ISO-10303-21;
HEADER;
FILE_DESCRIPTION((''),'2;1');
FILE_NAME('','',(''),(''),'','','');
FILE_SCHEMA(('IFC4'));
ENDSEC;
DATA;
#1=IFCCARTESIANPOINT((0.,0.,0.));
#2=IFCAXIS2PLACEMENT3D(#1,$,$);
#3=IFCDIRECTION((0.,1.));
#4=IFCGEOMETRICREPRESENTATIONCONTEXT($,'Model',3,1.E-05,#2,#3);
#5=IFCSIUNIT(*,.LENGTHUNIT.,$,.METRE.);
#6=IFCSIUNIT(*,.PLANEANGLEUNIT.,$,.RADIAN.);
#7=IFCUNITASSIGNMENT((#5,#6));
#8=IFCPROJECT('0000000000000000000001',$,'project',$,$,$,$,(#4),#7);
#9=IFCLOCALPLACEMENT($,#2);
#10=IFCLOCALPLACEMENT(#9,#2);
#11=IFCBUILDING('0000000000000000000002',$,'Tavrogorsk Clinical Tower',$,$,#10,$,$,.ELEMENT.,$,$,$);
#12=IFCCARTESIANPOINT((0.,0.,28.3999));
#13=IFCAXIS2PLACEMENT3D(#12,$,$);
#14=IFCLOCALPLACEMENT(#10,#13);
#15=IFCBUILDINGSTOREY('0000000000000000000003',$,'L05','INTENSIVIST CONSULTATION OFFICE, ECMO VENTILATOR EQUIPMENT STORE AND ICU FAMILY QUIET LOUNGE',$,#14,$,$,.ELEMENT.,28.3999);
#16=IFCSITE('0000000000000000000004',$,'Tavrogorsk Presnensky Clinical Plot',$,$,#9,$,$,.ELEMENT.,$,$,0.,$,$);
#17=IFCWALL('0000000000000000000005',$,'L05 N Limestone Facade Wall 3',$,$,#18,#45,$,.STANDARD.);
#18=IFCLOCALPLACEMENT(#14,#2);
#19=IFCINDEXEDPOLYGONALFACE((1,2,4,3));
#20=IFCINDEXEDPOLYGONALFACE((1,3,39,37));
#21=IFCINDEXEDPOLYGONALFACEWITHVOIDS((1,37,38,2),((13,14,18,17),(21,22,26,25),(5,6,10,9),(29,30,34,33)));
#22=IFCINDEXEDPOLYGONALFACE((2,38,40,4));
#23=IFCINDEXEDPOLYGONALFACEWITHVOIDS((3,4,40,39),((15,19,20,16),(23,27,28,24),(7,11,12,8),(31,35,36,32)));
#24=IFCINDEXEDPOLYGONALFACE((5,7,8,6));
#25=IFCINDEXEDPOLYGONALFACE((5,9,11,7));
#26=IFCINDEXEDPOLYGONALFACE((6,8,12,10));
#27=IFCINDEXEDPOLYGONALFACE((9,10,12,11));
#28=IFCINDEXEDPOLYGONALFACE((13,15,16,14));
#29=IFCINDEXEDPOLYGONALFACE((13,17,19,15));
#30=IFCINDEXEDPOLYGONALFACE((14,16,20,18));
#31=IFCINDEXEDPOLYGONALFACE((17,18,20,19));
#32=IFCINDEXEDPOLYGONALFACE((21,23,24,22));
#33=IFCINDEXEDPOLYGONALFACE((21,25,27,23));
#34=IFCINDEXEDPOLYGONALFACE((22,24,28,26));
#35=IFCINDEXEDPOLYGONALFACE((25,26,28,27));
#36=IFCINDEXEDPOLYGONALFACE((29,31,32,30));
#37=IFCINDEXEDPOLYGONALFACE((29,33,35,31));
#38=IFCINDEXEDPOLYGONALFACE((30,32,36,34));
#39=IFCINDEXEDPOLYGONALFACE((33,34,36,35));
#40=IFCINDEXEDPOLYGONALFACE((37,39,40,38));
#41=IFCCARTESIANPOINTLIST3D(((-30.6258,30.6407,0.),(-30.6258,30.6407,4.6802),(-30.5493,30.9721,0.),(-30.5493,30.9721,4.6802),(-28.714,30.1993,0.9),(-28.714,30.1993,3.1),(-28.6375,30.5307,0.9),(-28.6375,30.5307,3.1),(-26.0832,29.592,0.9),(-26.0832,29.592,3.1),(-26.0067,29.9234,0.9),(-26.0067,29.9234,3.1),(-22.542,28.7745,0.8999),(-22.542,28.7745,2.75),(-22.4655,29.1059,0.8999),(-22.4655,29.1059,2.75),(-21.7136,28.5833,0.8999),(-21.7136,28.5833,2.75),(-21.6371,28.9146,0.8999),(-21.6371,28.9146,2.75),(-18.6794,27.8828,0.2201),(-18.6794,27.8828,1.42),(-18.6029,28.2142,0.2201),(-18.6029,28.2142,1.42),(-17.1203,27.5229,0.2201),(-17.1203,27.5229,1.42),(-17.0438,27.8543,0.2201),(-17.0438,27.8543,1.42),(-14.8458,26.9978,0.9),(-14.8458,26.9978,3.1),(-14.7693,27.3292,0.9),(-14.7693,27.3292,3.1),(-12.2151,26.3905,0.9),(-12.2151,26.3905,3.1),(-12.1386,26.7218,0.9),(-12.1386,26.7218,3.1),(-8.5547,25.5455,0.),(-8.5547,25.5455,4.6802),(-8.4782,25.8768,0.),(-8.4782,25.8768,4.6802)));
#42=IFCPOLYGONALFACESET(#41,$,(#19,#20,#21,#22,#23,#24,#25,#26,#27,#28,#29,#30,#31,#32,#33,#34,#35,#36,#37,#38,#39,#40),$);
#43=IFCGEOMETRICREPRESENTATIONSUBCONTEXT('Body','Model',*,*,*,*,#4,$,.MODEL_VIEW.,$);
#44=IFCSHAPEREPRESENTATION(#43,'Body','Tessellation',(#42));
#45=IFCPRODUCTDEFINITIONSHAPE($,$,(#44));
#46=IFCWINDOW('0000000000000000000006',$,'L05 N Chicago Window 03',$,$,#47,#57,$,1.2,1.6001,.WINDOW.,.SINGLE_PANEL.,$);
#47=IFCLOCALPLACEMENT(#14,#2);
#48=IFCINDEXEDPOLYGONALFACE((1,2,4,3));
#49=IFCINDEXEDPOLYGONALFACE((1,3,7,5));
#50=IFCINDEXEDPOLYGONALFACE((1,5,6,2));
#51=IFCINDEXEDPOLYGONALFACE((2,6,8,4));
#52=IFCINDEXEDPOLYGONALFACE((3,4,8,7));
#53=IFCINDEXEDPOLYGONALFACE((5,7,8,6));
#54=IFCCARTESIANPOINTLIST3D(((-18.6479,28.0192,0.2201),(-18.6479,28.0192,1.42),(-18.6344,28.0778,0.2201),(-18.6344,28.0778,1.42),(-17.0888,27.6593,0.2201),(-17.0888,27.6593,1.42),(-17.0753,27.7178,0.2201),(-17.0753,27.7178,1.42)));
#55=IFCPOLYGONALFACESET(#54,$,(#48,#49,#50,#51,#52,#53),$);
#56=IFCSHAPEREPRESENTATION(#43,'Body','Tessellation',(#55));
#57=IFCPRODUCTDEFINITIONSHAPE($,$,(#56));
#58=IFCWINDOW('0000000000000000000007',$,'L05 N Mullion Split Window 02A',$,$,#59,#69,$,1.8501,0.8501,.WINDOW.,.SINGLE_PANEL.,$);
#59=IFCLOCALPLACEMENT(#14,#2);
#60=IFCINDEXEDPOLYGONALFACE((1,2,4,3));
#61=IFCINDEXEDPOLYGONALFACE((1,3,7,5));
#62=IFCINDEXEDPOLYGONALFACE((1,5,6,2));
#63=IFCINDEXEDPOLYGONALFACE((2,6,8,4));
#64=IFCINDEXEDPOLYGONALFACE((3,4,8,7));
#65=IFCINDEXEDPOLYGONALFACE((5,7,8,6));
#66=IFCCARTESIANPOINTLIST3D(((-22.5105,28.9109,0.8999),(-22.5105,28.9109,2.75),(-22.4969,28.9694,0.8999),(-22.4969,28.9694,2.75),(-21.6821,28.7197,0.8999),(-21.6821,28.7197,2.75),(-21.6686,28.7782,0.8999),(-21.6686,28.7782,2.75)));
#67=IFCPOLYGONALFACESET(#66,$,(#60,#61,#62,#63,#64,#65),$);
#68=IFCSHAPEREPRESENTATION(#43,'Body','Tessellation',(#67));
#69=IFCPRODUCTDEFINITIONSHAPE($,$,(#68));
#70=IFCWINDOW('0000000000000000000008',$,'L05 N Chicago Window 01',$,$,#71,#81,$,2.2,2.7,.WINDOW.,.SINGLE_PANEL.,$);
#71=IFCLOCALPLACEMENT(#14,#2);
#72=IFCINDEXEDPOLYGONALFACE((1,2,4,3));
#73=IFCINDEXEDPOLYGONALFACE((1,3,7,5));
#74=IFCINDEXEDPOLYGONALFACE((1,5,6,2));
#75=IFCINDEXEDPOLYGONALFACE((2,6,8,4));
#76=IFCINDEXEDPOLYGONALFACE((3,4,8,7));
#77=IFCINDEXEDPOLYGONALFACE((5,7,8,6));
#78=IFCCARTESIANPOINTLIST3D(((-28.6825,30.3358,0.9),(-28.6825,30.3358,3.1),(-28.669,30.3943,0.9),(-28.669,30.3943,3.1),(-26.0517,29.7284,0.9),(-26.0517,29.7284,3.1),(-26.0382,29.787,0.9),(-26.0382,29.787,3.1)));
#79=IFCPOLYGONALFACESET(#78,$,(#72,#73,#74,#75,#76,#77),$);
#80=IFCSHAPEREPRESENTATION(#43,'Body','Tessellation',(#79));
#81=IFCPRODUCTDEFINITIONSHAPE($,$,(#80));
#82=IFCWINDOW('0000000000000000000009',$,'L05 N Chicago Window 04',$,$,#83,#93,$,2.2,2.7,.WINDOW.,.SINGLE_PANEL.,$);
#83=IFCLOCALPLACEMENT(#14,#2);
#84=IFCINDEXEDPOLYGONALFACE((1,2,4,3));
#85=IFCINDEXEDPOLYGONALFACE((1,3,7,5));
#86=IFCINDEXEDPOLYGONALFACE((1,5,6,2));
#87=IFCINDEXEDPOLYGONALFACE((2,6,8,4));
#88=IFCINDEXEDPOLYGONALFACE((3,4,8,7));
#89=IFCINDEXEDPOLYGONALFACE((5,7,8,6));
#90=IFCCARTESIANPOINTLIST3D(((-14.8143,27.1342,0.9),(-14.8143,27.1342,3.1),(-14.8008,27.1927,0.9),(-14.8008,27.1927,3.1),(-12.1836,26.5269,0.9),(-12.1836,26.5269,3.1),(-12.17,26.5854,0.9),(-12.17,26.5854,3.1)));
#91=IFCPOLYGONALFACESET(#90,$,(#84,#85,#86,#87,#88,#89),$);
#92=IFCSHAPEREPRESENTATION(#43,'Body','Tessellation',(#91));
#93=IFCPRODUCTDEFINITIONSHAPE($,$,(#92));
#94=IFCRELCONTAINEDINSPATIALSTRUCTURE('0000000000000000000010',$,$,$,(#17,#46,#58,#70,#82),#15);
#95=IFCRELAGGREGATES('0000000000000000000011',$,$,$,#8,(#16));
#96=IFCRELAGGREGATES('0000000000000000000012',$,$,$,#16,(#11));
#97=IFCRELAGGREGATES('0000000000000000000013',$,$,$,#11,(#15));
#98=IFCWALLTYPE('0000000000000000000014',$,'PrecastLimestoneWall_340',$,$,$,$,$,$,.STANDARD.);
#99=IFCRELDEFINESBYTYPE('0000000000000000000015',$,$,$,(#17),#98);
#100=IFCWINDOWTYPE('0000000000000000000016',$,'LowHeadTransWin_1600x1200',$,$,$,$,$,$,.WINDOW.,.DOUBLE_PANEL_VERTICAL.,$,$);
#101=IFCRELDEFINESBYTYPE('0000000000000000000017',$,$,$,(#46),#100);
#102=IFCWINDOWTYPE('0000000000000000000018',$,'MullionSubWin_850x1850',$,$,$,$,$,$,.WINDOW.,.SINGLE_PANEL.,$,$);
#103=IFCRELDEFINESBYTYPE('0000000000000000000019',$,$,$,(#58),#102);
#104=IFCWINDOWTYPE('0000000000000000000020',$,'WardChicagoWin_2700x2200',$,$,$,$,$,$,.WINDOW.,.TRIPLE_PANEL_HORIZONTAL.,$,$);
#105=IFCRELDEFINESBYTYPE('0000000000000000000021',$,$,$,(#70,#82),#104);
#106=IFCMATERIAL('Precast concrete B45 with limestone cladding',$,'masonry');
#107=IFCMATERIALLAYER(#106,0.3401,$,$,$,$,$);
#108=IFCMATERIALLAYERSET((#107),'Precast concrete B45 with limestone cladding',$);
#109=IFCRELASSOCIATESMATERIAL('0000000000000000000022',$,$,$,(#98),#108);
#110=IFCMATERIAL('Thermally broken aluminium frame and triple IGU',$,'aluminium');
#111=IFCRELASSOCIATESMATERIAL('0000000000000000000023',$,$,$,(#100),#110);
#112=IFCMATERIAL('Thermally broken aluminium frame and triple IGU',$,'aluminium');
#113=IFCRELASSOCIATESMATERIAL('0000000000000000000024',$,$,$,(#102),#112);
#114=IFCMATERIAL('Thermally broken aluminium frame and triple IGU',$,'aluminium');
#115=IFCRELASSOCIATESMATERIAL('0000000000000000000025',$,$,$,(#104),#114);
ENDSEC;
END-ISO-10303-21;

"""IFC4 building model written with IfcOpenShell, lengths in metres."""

from ifc_helpers import new_model, si_unit, direction, frame, frame_2d, origin, place, context, subcontext, project, spatial, rectangle, extrude, material, layer, layer_set, type_object, element, fill, save


model = new_model("IFC4")

# Units and contexts
model_context = context("Model", 3, precision=1e-05, world=origin(), true_north=direction((0.0, 1.0)))
body_context = subcontext(model_context, "Body", "Model", "MODEL_VIEW")
ifc_project = project(units=[si_unit("LENGTHUNIT", "METRE"), si_unit("PLANEANGLEUNIT", "RADIAN")], contexts=[model_context])

# Site, building, storey
site_placement = place(None, origin())
site = spatial("IfcSite", under=ifc_project, at=site_placement, Name="Tavrogorsk Presnensky Clinical Plot", CompositionType="ELEMENT", RefElevation=0.0)
building_placement = place(site_placement, origin())
building = spatial("IfcBuilding", under=site, at=building_placement, Name="Tavrogorsk Clinical Tower", CompositionType="ELEMENT")
storey_placement = place(building_placement, frame((0.0, 0.0, 28.3999)))
storey = spatial("IfcBuildingStorey", under=building, at=storey_placement, Name="L05", Description="INTENSIVIST CONSULTATION OFFICE, ECMO VENTILATOR EQUIPMENT STORE AND ICU FAMILY QUIET LOUNGE", CompositionType="ELEMENT", Elevation=28.3999)

# Wall, openings, windows
ifc_material_1 = material(Name="Precast concrete B45 with limestone cladding", Category="masonry")
ifc_layer_1 = layer(ifc_material_1, 0.3401)
ifc_layer_set_1 = layer_set([ifc_layer_1], Name="Precast concrete B45 with limestone cladding")
wall_type_1 = type_object("IfcWallType", Name="PrecastLimestoneWall_340", PredefinedType="STANDARD", material=ifc_layer_set_1)
wall_1_placement = place(storey_placement, frame((-8.5166, 25.7112, 0.0), z_axis=(0.0, 0.0, 1.0), x_axis=(-0.974373, 0.224939, 0.0)))
wall_1 = element("IfcWall", 1, at=wall_1_placement, inside=storey, type_object=wall_type_1, Name="L05 N Limestone Facade Wall 3", PredefinedType="STANDARD", context=body_context, shape_type="SweptSolid", body=[
    extrude(rectangle(XDim=22.6516, YDim=0.3401, at=frame_2d((11.3257, 0.0))), origin(), (0.0, 0.0, 1.0), 4.6802),
])
opening_1_placement = place(wall_1_placement, frame((17.9893, 0.0, 0.8999)))
opening_1 = element("IfcOpeningElement", 2, at=opening_1_placement, cuts=wall_1, PredefinedType="OPENING", context=body_context, shape_type="SweptSolid", body=[
    extrude(rectangle(XDim=2.7, YDim=2.2, at=frame_2d((1.3501, 1.1001))), frame((0.0, 0.1799, 0.0), z_axis=(0.0, -1.0, 0.0), x_axis=(1.0, 0.0, 0.0)), (0.0, 0.0, 1.0), 0.3601),
])
opening_2_placement = place(wall_1_placement, frame((13.5049, 0.0, 0.8999)))
opening_2 = element("IfcOpeningElement", 3, at=opening_2_placement, cuts=wall_1, PredefinedType="OPENING", context=body_context, shape_type="SweptSolid", body=[
    extrude(rectangle(XDim=0.8501, YDim=1.8501, at=frame_2d((0.425, 0.925))), frame((0.0, 0.1799, 0.0), z_axis=(0.0, -1.0, 0.0), x_axis=(1.0, 0.0, 0.0)), (0.0, 0.0, 1.0), 0.3601),
])
opening_3_placement = place(wall_1_placement, frame((8.7908, 0.0, 0.22)))
opening_3 = element("IfcOpeningElement", 4, at=opening_3_placement, cuts=wall_1, PredefinedType="OPENING", context=body_context, shape_type="SweptSolid", body=[
    extrude(rectangle(XDim=1.6001, YDim=1.2, at=frame_2d((0.8, 0.6001))), frame((0.0, 0.1799, 0.0), z_axis=(0.0, -1.0, 0.0), x_axis=(1.0, 0.0, 0.0)), (0.0, 0.0, 1.0), 0.3601),
])
opening_4_placement = place(wall_1_placement, frame((3.7563, 0.0, 0.8999)))
opening_4 = element("IfcOpeningElement", 5, at=opening_4_placement, cuts=wall_1, PredefinedType="OPENING", context=body_context, shape_type="SweptSolid", body=[
    extrude(rectangle(XDim=2.7, YDim=2.2, at=frame_2d((1.3501, 1.1001))), frame((0.0, 0.1799, 0.0), z_axis=(0.0, -1.0, 0.0), x_axis=(1.0, 0.0, 0.0)), (0.0, 0.0, 1.0), 0.3601),
])
ifc_material_2 = material(Name="Thermally broken aluminium frame and triple IGU", Category="aluminium")
window_type_1 = type_object("IfcWindowType", Name="LowHeadTransWin_1600x1200", PartitioningType="DOUBLE_PANEL_VERTICAL", PredefinedType="WINDOW", material=ifc_material_2)
window_1_placement = place(opening_3_placement, origin())
window_1 = element("IfcWindow", 6, at=window_1_placement, inside=storey, type_object=window_type_1, Name="L05 N Chicago Window 03", OverallHeight=1.2, OverallWidth=1.6001, PartitioningType="SINGLE_PANEL", PredefinedType="WINDOW", context=body_context, shape_type="SweptSolid", body=[
    extrude(rectangle(XDim=1.6001, YDim=1.2, at=frame_2d((0.8, 0.6001))), frame((0.0, 0.03, 0.0), z_axis=(0.0, -1.0, 0.0), x_axis=(1.0, 0.0, 0.0)), (0.0, 0.0, 1.0), 0.0601),
])
fill(opening_3, window_1)
ifc_material_3 = material(Name="Thermally broken aluminium frame and triple IGU", Category="aluminium")
window_type_2 = type_object("IfcWindowType", Name="MullionSubWin_850x1850", PartitioningType="SINGLE_PANEL", PredefinedType="WINDOW", material=ifc_material_3)
window_2_placement = place(opening_2_placement, origin())
window_2 = element("IfcWindow", 7, at=window_2_placement, inside=storey, type_object=window_type_2, Name="L05 N Mullion Split Window 02A", OverallHeight=1.8501, OverallWidth=0.8501, PartitioningType="SINGLE_PANEL", PredefinedType="WINDOW", context=body_context, shape_type="SweptSolid", body=[
    extrude(rectangle(XDim=0.8501, YDim=1.8501, at=frame_2d((0.425, 0.925))), frame((0.0, 0.03, 0.0), z_axis=(0.0, -1.0, 0.0), x_axis=(1.0, 0.0, 0.0)), (0.0, 0.0, 1.0), 0.0601),
])
fill(opening_2, window_2)
ifc_material_4 = material(Name="Thermally broken aluminium frame and triple IGU", Category="aluminium")
window_type_3 = type_object("IfcWindowType", Name="WardChicagoWin_2700x2200", PartitioningType="TRIPLE_PANEL_HORIZONTAL", PredefinedType="WINDOW", material=ifc_material_4)
window_3_placement = place(opening_1_placement, origin())
window_3 = element("IfcWindow", 8, at=window_3_placement, inside=storey, type_object=window_type_3, Name="L05 N Chicago Window 01", OverallHeight=2.2, OverallWidth=2.7, PartitioningType="SINGLE_PANEL", PredefinedType="WINDOW", context=body_context, shape_type="SweptSolid", body=[
    extrude(rectangle(XDim=2.7, YDim=2.2, at=frame_2d((1.3501, 1.1001))), frame((0.0, 0.03, 0.0), z_axis=(0.0, -1.0, 0.0), x_axis=(1.0, 0.0, 0.0)), (0.0, 0.0, 1.0), 0.0601),
])
fill(opening_1, window_3)
window_4_placement = place(opening_4_placement, origin())
window_4 = element("IfcWindow", 9, at=window_4_placement, inside=storey, type_object=window_type_3, Name="L05 N Chicago Window 04", OverallHeight=2.2, OverallWidth=2.7, PartitioningType="SINGLE_PANEL", PredefinedType="WINDOW", context=body_context, shape_type="SweptSolid", body=[
    extrude(rectangle(XDim=2.7, YDim=2.2, at=frame_2d((1.3501, 1.1001))), frame((0.0, 0.03, 0.0), z_axis=(0.0, -1.0, 0.0), x_axis=(1.0, 0.0, 0.0)), (0.0, 0.0, 1.0), 0.0601),
])
fill(opening_4, window_4)

save(model, "model.ifc")
